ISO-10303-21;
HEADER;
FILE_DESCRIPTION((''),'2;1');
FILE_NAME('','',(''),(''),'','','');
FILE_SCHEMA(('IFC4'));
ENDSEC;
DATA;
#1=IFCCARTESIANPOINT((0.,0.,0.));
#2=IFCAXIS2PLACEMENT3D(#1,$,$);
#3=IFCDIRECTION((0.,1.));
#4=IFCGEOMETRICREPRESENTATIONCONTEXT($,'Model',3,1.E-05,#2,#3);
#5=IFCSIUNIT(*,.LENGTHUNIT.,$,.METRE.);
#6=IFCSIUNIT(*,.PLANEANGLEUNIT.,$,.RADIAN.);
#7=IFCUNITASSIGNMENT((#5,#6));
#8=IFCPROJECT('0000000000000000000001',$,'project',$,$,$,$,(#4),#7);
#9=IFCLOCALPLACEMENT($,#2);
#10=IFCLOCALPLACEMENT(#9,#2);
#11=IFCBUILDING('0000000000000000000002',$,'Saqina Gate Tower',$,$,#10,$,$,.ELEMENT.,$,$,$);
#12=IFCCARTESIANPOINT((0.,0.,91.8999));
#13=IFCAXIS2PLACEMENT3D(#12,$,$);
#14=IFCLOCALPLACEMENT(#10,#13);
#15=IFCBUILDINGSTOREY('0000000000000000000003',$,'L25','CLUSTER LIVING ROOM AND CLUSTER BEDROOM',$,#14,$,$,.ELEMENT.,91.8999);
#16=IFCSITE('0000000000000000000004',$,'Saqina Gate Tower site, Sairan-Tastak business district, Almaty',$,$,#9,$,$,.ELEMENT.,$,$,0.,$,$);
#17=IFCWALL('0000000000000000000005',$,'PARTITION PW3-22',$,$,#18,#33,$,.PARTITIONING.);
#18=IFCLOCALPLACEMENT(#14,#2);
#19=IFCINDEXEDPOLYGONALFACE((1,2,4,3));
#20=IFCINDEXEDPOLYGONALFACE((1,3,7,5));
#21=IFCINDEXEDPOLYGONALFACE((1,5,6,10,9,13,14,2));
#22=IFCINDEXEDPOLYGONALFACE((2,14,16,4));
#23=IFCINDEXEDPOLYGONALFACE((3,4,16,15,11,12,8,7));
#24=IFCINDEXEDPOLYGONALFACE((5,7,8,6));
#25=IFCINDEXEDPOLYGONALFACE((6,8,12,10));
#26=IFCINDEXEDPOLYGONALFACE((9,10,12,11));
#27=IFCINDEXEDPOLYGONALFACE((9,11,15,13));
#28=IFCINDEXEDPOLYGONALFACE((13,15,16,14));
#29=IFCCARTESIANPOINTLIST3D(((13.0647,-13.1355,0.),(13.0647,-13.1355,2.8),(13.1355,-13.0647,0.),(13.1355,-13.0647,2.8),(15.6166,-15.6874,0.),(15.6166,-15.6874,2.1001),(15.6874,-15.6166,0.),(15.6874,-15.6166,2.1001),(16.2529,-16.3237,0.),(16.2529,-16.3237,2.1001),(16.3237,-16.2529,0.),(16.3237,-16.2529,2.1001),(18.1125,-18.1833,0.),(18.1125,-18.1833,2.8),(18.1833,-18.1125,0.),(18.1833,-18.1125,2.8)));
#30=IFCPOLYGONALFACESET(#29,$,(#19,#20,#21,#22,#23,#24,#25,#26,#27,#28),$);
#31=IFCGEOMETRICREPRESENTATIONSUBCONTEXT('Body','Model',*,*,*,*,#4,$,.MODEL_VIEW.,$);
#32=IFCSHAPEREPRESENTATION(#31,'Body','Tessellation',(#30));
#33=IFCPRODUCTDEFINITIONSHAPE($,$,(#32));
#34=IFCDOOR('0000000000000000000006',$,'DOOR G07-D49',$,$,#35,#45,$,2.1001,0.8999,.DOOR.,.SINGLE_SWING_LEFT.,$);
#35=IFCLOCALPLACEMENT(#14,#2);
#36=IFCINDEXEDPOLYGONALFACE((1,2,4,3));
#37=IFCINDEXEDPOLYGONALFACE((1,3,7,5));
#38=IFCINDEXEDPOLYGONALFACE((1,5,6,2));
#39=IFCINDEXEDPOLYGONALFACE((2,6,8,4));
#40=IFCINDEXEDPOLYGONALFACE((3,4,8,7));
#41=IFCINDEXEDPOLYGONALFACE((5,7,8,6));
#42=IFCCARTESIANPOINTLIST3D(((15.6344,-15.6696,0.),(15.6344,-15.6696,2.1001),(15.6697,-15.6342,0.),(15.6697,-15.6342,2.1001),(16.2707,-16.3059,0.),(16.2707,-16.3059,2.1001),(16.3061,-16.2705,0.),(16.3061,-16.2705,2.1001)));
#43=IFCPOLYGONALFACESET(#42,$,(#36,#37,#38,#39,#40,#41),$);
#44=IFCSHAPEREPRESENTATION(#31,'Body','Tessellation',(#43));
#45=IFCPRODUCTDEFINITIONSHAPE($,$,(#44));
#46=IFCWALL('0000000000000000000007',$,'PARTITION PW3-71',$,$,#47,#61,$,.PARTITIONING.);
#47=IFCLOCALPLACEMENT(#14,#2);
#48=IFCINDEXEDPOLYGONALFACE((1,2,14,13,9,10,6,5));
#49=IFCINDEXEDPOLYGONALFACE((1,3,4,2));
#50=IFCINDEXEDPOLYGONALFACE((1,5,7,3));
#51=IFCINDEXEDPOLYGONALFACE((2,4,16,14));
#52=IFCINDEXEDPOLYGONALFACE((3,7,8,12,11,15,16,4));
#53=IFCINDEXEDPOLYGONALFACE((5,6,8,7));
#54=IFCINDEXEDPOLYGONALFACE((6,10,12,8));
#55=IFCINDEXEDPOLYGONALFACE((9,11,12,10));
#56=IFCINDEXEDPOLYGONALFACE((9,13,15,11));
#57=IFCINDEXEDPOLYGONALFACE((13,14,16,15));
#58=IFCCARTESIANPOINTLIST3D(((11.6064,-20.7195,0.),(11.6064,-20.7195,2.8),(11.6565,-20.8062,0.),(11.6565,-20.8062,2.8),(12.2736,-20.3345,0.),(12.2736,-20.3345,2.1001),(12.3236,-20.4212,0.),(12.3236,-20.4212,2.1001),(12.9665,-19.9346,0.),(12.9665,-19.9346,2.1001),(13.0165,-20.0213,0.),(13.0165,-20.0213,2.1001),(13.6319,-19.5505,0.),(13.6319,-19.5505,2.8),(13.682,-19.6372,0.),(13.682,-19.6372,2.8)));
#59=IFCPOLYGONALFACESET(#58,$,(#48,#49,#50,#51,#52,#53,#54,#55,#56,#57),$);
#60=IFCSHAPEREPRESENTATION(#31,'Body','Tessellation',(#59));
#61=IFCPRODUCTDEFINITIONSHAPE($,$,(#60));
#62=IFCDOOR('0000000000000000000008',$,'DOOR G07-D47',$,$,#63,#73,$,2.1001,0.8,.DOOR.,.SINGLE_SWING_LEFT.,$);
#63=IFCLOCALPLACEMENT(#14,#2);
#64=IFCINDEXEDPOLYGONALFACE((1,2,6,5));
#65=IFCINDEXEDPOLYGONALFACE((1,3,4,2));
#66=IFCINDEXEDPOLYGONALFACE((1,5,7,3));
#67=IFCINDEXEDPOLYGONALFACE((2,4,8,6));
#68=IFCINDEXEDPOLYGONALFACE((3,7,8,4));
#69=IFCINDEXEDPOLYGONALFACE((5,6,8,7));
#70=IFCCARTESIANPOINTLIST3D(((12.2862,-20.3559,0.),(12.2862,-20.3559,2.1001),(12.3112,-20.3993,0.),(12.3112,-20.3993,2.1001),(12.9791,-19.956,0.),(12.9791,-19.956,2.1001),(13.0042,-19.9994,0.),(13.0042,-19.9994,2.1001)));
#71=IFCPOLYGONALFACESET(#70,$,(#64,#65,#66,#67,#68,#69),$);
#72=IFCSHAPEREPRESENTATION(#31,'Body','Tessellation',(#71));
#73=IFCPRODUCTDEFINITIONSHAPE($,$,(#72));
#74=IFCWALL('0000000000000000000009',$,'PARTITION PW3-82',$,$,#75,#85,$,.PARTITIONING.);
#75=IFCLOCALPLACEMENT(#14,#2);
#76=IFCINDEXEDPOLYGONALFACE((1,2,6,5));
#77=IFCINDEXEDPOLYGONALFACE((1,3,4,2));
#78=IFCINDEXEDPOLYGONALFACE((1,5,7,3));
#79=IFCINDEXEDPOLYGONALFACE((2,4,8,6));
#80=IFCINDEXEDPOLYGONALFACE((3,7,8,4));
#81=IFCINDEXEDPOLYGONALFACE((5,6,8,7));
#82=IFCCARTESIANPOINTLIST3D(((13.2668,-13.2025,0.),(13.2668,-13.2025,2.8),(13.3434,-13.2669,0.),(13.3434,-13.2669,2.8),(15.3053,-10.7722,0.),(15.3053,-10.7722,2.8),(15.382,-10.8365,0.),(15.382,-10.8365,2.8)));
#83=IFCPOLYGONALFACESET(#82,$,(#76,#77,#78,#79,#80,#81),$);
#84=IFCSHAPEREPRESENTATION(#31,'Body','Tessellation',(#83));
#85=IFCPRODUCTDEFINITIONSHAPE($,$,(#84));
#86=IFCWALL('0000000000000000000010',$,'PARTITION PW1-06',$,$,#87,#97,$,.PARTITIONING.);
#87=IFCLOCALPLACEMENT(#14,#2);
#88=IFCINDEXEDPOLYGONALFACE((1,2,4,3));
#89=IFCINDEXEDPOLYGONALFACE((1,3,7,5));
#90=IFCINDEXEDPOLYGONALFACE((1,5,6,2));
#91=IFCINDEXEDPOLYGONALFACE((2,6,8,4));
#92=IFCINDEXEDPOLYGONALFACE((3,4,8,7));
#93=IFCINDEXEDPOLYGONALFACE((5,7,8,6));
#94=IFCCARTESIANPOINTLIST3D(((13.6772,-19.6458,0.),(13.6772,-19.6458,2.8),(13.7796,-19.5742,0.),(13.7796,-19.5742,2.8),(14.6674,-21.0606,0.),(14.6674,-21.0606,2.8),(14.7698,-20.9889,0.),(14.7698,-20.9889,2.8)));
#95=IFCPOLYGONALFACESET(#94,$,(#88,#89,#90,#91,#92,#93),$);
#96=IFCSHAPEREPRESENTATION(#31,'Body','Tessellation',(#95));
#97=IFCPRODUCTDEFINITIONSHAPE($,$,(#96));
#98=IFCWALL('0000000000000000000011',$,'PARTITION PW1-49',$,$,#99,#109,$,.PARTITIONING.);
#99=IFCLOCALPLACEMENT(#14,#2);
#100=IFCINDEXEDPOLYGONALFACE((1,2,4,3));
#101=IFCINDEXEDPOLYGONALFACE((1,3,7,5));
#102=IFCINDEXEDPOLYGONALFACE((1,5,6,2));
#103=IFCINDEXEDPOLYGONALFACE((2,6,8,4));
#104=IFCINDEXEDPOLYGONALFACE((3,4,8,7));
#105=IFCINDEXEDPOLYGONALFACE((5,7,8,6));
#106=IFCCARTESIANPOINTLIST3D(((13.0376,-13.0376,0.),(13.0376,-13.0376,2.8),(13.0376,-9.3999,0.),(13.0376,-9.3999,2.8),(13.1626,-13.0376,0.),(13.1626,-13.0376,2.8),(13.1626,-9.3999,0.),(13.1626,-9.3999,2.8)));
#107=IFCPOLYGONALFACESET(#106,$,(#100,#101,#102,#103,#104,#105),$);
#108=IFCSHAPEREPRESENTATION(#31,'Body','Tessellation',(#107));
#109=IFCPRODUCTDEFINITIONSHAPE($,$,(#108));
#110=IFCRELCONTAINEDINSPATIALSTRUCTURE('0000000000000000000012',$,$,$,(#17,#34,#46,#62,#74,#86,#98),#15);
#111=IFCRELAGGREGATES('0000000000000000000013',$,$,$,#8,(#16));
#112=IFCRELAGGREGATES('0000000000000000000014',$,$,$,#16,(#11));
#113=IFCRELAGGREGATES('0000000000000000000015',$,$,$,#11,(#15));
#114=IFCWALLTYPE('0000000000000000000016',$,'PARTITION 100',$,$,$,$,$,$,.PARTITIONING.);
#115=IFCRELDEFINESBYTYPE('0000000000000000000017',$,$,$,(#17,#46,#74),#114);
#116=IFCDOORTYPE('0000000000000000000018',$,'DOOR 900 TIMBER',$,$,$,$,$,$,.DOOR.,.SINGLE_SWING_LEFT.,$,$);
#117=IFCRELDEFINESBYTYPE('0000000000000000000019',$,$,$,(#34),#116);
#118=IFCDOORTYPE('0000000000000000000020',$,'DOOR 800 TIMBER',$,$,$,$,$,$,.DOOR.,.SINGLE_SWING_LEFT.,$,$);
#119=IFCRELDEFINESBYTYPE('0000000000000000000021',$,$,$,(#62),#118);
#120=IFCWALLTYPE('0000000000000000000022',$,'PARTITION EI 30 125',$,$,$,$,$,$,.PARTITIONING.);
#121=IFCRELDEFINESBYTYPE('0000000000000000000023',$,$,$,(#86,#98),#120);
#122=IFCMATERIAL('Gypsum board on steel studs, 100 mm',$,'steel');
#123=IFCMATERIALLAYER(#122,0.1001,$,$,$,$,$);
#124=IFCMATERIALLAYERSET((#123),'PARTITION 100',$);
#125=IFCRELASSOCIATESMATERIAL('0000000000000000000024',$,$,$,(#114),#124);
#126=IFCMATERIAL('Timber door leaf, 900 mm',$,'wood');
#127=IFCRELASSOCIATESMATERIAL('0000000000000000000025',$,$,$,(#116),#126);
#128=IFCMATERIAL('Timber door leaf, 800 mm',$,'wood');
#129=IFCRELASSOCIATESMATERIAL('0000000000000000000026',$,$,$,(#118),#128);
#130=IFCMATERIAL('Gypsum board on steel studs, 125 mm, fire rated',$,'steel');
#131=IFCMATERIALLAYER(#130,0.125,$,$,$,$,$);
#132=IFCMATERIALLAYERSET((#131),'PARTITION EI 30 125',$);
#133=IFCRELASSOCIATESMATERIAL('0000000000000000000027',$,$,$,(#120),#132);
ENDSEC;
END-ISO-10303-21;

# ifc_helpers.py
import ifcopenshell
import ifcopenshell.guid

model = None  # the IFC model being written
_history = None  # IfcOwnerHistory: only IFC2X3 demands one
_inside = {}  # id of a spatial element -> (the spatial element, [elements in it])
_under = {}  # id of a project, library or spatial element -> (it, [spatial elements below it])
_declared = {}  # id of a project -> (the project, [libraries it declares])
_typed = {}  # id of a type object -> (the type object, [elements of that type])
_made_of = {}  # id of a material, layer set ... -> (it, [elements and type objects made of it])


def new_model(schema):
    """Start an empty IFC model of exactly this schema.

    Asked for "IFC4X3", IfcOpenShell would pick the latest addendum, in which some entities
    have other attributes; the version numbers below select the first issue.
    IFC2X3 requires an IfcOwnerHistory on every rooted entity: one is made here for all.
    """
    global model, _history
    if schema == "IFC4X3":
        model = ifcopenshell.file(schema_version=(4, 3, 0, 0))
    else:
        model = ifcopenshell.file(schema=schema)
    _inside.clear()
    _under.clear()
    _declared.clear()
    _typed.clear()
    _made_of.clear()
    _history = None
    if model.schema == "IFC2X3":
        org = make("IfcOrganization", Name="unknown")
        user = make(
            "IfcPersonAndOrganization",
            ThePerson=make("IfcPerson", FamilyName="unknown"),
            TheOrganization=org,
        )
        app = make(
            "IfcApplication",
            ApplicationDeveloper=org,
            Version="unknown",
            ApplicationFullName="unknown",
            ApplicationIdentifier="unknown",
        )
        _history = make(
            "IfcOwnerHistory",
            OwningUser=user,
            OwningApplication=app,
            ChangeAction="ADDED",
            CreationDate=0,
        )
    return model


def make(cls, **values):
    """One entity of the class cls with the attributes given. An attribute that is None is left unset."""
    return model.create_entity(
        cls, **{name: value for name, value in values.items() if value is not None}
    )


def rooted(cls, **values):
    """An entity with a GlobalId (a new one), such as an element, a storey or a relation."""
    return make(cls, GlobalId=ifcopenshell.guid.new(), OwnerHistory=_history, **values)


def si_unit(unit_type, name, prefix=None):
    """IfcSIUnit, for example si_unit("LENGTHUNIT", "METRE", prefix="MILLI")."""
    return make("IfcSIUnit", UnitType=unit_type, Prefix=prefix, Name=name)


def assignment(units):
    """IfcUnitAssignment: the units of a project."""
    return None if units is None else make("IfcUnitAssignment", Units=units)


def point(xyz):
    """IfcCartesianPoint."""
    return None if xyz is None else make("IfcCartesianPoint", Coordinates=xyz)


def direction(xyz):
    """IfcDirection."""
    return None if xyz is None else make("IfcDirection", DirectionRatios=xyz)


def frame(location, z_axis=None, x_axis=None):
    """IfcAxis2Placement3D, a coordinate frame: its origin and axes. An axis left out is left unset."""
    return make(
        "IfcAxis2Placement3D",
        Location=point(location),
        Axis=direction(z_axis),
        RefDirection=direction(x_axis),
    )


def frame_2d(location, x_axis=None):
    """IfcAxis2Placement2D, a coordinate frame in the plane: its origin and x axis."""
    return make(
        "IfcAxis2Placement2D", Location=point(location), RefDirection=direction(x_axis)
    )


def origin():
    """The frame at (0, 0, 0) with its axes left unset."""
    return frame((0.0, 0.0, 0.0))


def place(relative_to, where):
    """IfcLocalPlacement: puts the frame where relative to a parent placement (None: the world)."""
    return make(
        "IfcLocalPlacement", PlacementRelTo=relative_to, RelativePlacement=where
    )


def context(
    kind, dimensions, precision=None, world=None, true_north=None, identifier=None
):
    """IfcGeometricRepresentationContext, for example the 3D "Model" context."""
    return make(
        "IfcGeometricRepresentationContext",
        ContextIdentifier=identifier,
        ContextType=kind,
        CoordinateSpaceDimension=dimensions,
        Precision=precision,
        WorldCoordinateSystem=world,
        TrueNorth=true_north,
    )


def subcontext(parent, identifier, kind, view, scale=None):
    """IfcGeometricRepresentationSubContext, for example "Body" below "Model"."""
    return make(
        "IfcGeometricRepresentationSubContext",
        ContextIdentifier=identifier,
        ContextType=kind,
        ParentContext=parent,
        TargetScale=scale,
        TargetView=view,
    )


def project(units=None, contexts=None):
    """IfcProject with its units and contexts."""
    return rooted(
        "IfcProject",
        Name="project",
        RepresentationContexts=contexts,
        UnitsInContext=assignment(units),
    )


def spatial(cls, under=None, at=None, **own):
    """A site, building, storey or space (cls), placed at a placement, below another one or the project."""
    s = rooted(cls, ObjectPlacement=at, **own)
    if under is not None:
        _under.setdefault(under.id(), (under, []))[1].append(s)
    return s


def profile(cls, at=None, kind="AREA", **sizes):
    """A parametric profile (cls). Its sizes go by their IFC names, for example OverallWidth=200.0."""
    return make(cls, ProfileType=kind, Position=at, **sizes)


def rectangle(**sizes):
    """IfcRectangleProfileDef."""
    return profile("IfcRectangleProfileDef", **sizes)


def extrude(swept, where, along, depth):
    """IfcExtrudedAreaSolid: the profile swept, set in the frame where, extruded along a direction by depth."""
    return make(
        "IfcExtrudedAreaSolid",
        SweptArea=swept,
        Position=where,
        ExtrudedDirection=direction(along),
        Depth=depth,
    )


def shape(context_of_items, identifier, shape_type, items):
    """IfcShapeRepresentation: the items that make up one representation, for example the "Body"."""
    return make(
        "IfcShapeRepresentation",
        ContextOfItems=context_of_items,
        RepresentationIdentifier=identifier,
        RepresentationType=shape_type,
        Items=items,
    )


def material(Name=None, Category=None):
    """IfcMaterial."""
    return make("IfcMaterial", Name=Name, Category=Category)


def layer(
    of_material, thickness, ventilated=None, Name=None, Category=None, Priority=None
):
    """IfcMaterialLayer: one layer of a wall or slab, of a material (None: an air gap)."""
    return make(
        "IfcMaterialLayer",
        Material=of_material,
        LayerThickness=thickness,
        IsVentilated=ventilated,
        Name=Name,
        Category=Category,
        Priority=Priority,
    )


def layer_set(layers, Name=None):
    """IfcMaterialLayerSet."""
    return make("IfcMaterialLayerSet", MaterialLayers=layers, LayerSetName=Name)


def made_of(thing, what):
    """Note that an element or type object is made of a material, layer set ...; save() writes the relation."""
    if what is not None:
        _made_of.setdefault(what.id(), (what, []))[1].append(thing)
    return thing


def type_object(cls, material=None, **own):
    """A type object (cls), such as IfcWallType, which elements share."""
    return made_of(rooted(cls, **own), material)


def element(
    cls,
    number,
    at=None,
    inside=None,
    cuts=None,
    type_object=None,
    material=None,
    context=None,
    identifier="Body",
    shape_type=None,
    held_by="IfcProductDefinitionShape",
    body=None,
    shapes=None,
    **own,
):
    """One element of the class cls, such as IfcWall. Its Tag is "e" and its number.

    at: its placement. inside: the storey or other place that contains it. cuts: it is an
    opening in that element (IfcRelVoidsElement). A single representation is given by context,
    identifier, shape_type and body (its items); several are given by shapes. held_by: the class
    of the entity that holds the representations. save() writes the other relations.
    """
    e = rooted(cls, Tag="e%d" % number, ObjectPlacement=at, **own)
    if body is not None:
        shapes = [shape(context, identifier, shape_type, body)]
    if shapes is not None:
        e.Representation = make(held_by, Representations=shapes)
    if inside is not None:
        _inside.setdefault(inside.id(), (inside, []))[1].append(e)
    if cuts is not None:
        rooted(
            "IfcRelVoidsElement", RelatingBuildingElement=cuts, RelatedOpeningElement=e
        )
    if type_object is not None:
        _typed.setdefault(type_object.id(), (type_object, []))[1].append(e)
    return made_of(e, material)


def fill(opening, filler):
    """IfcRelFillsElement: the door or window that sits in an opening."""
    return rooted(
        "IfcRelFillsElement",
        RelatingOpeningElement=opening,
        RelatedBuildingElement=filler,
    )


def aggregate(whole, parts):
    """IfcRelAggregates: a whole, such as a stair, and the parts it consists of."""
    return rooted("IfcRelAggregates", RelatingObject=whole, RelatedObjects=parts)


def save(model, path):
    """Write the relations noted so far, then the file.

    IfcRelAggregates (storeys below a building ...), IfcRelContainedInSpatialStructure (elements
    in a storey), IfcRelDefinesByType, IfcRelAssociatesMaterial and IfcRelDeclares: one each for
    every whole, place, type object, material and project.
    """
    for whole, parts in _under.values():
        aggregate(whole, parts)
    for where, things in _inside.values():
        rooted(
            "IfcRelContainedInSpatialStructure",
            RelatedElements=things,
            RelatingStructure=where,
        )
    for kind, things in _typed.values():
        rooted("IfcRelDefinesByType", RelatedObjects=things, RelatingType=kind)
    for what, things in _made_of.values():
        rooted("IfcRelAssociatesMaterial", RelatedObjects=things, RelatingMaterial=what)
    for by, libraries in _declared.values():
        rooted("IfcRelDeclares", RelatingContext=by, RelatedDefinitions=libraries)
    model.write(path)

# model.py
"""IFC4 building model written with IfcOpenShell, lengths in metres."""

from ifc_helpers import new_model, si_unit, direction, frame, frame_2d, origin, place, context, subcontext, project, spatial, rectangle, extrude, material, layer, layer_set, type_object, element, fill, save


model = new_model("IFC4")

# Units and contexts
model_context = context("Model", 3, precision=1e-05, world=origin(), true_north=direction((0.0, 1.0)))
body_context = subcontext(model_context, "Body", "Model", "MODEL_VIEW")
ifc_project = project(units=[si_unit("LENGTHUNIT", "METRE"), si_unit("PLANEANGLEUNIT", "RADIAN")], contexts=[model_context])

# Site, building, storey
site_placement = place(None, origin())
site = spatial("IfcSite", under=ifc_project, at=site_placement, Name="Saqina Gate Tower site, Sairan-Tastak business district, Almaty", CompositionType="ELEMENT", RefElevation=0.0)
building_placement = place(site_placement, origin())
building = spatial("IfcBuilding", under=site, at=building_placement, Name="Saqina Gate Tower", CompositionType="ELEMENT")
storey_placement = place(building_placement, frame((0.0, 0.0, 91.8999)))
storey = spatial("IfcBuildingStorey", under=building, at=storey_placement, Name="L25", Description="CLUSTER LIVING ROOM AND CLUSTER BEDROOM", CompositionType="ELEMENT", Elevation=91.8999)

# Shared definitions
ifc_material_1 = material(Name="Gypsum board on steel studs, 100 mm", Category="steel")
ifc_layer_1 = layer(ifc_material_1, 0.1001)
ifc_layer_set_1 = layer_set([ifc_layer_1], Name="PARTITION 100")
wall_type_1 = type_object("IfcWallType", Name="PARTITION 100", PredefinedType="PARTITIONING", material=ifc_layer_set_1)

# Walls, openings, doors
wall_1_placement = place(storey_placement, frame((13.1001, -13.1001, 0.0), z_axis=(0.0, 0.0, 1.0), x_axis=(0.707107, -0.707107, 0.0)))
wall_1 = element("IfcWall", 1, at=wall_1_placement, inside=storey, type_object=wall_type_1, Name="PARTITION PW3-22", PredefinedType="PARTITIONING", context=body_context, shape_type="SweptSolid", body=[
    extrude(rectangle(XDim=7.1387, YDim=0.1001, at=frame_2d((3.5693, 0.0))), origin(), (0.0, 0.0, 1.0), 2.8),
])
opening_1_placement = place(wall_1_placement, frame((3.6089, 0.0, 0.0)))
opening_1 = element("IfcOpeningElement", 2, at=opening_1_placement, cuts=wall_1, PredefinedType="OPENING", context=body_context, shape_type="SweptSolid", body=[
    extrude(rectangle(XDim=0.8999, YDim=2.1001, at=frame_2d((0.45, 1.05))), frame((0.0, 0.062, 0.0), z_axis=(0.0, -1.0, 0.0), x_axis=(1.0, 0.0, 0.0)), (0.0, 0.0, 1.0), 0.124),
])
ifc_material_2 = material(Name="Timber door leaf, 900 mm", Category="wood")
door_type_1 = type_object("IfcDoorType", Name="DOOR 900 TIMBER", OperationType="SINGLE_SWING_LEFT", PredefinedType="DOOR", material=ifc_material_2)
door_1_placement = place(opening_1_placement, frame((0.8999, 0.0, 0.0), z_axis=(0.0, 0.0, 1.0), x_axis=(-1.0, 0.0, 0.0)))
door_1 = element("IfcDoor", 3, at=door_1_placement, inside=storey, type_object=door_type_1, Name="DOOR G07-D49", OperationType="SINGLE_SWING_LEFT", OverallHeight=2.1001, OverallWidth=0.8999, PredefinedType="DOOR", context=body_context, shape_type="SweptSolid", body=[
    extrude(rectangle(XDim=0.8999, YDim=2.1001, at=frame_2d((0.45, 1.05))), frame((0.0, 0.0249, 0.0), z_axis=(0.0, -1.0, 0.0), x_axis=(1.0, 0.0, 0.0)), (0.0, 0.0, 1.0), 0.05),
])
fill(opening_1, door_1)
wall_2_placement = place(storey_placement, frame((11.6313, -20.7629, 0.0), z_axis=(0.0, 0.0, 1.0), x_axis=(0.866102, 0.499867, 0.0)))
wall_2 = element("IfcWall", 4, at=wall_2_placement, inside=storey, type_object=wall_type_1, Name="PARTITION PW3-71", PredefinedType="PARTITIONING", context=body_context, shape_type="SweptSolid", body=[
    extrude(rectangle(XDim=2.3386, YDim=0.1001, at=frame_2d((1.1694, 0.0))), origin(), (0.0, 0.0, 1.0), 2.8),
])
opening_2_placement = place(wall_2_placement, frame((0.7705, 0.0, 0.0)))
opening_2 = element("IfcOpeningElement", 5, at=opening_2_placement, cuts=wall_2, PredefinedType="OPENING", context=body_context, shape_type="SweptSolid", body=[
    extrude(rectangle(XDim=0.8, YDim=2.1001, at=frame_2d((0.3999, 1.05))), frame((0.0, 0.062, 0.0), z_axis=(0.0, -1.0, 0.0), x_axis=(1.0, 0.0, 0.0)), (0.0, 0.0, 1.0), 0.124),
])
ifc_material_3 = material(Name="Timber door leaf, 800 mm", Category="wood")
door_type_2 = type_object("IfcDoorType", Name="DOOR 800 TIMBER", OperationType="SINGLE_SWING_LEFT", PredefinedType="DOOR", material=ifc_material_3)
door_2_placement = place(opening_2_placement, frame((0.8, 0.0, 0.0), z_axis=(0.0, 0.0, 1.0), x_axis=(-1.0, 0.0, 0.0)))
door_2 = element("IfcDoor", 6, at=door_2_placement, inside=storey, type_object=door_type_2, Name="DOOR G07-D47", OperationType="SINGLE_SWING_LEFT", OverallHeight=2.1001, OverallWidth=0.8, PredefinedType="DOOR", context=body_context, shape_type="SweptSolid", body=[
    extrude(rectangle(XDim=0.8, YDim=2.1001, at=frame_2d((0.3999, 1.05))), frame((0.0, 0.0249, 0.0), z_axis=(0.0, -1.0, 0.0), x_axis=(1.0, 0.0, 0.0)), (0.0, 0.0, 1.0), 0.05),
])
fill(opening_2, door_2)

# Walls
wall_3_placement = place(storey_placement, frame((13.3052, -13.2346, 0.0), z_axis=(0.0, 0.0, 1.0), x_axis=(0.642641, 0.766167, 0.0)))
element("IfcWall", 7, at=wall_3_placement, inside=storey, type_object=wall_type_1, Name="PARTITION PW3-82", PredefinedType="PARTITIONING", context=body_context, shape_type="SweptSolid", body=[
    extrude(rectangle(XDim=3.1721, YDim=0.1001, at=frame_2d((1.5859, 0.0))), origin(), (0.0, 0.0, 1.0), 2.8),
])
ifc_material_4 = material(Name="Gypsum board on steel studs, 125 mm, fire rated", Category="steel")
ifc_layer_2 = layer(ifc_material_4, 0.125)
ifc_layer_set_2 = layer_set([ifc_layer_2], Name="PARTITION EI 30 125")
wall_type_2 = type_object("IfcWallType", Name="PARTITION EI 30 125", PredefinedType="PARTITIONING", material=ifc_layer_set_2)
wall_4_placement = place(storey_placement, frame((13.7285, -19.6101, 0.0), z_axis=(0.0, 0.0, 1.0), x_axis=(0.573415, -0.819265, 0.0)))
element("IfcWall", 8, at=wall_4_placement, inside=storey, type_object=wall_type_2, Name="PARTITION PW1-06", PredefinedType="PARTITIONING", context=body_context, shape_type="SweptSolid", body=[
    extrude(rectangle(XDim=1.7268, YDim=0.125, at=frame_2d((0.8633, 0.0))), origin(), (0.0, 0.0, 1.0), 2.8),
])
wall_5_placement = place(storey_placement, frame((13.1001, -13.0376, 0.0), z_axis=(0.0, 0.0, 1.0), x_axis=(0.0, 1.0, 0.0)))
element("IfcWall", 9, at=wall_5_placement, inside=storey, type_object=wall_type_2, Name="PARTITION PW1-49", PredefinedType="PARTITIONING", context=body_context, shape_type="SweptSolid", body=[
    extrude(rectangle(XDim=3.6377, YDim=0.125, at=frame_2d((1.8188, 0.0))), origin(), (0.0, 0.0, 1.0), 2.8),
])

save(model, "model.ifc")
